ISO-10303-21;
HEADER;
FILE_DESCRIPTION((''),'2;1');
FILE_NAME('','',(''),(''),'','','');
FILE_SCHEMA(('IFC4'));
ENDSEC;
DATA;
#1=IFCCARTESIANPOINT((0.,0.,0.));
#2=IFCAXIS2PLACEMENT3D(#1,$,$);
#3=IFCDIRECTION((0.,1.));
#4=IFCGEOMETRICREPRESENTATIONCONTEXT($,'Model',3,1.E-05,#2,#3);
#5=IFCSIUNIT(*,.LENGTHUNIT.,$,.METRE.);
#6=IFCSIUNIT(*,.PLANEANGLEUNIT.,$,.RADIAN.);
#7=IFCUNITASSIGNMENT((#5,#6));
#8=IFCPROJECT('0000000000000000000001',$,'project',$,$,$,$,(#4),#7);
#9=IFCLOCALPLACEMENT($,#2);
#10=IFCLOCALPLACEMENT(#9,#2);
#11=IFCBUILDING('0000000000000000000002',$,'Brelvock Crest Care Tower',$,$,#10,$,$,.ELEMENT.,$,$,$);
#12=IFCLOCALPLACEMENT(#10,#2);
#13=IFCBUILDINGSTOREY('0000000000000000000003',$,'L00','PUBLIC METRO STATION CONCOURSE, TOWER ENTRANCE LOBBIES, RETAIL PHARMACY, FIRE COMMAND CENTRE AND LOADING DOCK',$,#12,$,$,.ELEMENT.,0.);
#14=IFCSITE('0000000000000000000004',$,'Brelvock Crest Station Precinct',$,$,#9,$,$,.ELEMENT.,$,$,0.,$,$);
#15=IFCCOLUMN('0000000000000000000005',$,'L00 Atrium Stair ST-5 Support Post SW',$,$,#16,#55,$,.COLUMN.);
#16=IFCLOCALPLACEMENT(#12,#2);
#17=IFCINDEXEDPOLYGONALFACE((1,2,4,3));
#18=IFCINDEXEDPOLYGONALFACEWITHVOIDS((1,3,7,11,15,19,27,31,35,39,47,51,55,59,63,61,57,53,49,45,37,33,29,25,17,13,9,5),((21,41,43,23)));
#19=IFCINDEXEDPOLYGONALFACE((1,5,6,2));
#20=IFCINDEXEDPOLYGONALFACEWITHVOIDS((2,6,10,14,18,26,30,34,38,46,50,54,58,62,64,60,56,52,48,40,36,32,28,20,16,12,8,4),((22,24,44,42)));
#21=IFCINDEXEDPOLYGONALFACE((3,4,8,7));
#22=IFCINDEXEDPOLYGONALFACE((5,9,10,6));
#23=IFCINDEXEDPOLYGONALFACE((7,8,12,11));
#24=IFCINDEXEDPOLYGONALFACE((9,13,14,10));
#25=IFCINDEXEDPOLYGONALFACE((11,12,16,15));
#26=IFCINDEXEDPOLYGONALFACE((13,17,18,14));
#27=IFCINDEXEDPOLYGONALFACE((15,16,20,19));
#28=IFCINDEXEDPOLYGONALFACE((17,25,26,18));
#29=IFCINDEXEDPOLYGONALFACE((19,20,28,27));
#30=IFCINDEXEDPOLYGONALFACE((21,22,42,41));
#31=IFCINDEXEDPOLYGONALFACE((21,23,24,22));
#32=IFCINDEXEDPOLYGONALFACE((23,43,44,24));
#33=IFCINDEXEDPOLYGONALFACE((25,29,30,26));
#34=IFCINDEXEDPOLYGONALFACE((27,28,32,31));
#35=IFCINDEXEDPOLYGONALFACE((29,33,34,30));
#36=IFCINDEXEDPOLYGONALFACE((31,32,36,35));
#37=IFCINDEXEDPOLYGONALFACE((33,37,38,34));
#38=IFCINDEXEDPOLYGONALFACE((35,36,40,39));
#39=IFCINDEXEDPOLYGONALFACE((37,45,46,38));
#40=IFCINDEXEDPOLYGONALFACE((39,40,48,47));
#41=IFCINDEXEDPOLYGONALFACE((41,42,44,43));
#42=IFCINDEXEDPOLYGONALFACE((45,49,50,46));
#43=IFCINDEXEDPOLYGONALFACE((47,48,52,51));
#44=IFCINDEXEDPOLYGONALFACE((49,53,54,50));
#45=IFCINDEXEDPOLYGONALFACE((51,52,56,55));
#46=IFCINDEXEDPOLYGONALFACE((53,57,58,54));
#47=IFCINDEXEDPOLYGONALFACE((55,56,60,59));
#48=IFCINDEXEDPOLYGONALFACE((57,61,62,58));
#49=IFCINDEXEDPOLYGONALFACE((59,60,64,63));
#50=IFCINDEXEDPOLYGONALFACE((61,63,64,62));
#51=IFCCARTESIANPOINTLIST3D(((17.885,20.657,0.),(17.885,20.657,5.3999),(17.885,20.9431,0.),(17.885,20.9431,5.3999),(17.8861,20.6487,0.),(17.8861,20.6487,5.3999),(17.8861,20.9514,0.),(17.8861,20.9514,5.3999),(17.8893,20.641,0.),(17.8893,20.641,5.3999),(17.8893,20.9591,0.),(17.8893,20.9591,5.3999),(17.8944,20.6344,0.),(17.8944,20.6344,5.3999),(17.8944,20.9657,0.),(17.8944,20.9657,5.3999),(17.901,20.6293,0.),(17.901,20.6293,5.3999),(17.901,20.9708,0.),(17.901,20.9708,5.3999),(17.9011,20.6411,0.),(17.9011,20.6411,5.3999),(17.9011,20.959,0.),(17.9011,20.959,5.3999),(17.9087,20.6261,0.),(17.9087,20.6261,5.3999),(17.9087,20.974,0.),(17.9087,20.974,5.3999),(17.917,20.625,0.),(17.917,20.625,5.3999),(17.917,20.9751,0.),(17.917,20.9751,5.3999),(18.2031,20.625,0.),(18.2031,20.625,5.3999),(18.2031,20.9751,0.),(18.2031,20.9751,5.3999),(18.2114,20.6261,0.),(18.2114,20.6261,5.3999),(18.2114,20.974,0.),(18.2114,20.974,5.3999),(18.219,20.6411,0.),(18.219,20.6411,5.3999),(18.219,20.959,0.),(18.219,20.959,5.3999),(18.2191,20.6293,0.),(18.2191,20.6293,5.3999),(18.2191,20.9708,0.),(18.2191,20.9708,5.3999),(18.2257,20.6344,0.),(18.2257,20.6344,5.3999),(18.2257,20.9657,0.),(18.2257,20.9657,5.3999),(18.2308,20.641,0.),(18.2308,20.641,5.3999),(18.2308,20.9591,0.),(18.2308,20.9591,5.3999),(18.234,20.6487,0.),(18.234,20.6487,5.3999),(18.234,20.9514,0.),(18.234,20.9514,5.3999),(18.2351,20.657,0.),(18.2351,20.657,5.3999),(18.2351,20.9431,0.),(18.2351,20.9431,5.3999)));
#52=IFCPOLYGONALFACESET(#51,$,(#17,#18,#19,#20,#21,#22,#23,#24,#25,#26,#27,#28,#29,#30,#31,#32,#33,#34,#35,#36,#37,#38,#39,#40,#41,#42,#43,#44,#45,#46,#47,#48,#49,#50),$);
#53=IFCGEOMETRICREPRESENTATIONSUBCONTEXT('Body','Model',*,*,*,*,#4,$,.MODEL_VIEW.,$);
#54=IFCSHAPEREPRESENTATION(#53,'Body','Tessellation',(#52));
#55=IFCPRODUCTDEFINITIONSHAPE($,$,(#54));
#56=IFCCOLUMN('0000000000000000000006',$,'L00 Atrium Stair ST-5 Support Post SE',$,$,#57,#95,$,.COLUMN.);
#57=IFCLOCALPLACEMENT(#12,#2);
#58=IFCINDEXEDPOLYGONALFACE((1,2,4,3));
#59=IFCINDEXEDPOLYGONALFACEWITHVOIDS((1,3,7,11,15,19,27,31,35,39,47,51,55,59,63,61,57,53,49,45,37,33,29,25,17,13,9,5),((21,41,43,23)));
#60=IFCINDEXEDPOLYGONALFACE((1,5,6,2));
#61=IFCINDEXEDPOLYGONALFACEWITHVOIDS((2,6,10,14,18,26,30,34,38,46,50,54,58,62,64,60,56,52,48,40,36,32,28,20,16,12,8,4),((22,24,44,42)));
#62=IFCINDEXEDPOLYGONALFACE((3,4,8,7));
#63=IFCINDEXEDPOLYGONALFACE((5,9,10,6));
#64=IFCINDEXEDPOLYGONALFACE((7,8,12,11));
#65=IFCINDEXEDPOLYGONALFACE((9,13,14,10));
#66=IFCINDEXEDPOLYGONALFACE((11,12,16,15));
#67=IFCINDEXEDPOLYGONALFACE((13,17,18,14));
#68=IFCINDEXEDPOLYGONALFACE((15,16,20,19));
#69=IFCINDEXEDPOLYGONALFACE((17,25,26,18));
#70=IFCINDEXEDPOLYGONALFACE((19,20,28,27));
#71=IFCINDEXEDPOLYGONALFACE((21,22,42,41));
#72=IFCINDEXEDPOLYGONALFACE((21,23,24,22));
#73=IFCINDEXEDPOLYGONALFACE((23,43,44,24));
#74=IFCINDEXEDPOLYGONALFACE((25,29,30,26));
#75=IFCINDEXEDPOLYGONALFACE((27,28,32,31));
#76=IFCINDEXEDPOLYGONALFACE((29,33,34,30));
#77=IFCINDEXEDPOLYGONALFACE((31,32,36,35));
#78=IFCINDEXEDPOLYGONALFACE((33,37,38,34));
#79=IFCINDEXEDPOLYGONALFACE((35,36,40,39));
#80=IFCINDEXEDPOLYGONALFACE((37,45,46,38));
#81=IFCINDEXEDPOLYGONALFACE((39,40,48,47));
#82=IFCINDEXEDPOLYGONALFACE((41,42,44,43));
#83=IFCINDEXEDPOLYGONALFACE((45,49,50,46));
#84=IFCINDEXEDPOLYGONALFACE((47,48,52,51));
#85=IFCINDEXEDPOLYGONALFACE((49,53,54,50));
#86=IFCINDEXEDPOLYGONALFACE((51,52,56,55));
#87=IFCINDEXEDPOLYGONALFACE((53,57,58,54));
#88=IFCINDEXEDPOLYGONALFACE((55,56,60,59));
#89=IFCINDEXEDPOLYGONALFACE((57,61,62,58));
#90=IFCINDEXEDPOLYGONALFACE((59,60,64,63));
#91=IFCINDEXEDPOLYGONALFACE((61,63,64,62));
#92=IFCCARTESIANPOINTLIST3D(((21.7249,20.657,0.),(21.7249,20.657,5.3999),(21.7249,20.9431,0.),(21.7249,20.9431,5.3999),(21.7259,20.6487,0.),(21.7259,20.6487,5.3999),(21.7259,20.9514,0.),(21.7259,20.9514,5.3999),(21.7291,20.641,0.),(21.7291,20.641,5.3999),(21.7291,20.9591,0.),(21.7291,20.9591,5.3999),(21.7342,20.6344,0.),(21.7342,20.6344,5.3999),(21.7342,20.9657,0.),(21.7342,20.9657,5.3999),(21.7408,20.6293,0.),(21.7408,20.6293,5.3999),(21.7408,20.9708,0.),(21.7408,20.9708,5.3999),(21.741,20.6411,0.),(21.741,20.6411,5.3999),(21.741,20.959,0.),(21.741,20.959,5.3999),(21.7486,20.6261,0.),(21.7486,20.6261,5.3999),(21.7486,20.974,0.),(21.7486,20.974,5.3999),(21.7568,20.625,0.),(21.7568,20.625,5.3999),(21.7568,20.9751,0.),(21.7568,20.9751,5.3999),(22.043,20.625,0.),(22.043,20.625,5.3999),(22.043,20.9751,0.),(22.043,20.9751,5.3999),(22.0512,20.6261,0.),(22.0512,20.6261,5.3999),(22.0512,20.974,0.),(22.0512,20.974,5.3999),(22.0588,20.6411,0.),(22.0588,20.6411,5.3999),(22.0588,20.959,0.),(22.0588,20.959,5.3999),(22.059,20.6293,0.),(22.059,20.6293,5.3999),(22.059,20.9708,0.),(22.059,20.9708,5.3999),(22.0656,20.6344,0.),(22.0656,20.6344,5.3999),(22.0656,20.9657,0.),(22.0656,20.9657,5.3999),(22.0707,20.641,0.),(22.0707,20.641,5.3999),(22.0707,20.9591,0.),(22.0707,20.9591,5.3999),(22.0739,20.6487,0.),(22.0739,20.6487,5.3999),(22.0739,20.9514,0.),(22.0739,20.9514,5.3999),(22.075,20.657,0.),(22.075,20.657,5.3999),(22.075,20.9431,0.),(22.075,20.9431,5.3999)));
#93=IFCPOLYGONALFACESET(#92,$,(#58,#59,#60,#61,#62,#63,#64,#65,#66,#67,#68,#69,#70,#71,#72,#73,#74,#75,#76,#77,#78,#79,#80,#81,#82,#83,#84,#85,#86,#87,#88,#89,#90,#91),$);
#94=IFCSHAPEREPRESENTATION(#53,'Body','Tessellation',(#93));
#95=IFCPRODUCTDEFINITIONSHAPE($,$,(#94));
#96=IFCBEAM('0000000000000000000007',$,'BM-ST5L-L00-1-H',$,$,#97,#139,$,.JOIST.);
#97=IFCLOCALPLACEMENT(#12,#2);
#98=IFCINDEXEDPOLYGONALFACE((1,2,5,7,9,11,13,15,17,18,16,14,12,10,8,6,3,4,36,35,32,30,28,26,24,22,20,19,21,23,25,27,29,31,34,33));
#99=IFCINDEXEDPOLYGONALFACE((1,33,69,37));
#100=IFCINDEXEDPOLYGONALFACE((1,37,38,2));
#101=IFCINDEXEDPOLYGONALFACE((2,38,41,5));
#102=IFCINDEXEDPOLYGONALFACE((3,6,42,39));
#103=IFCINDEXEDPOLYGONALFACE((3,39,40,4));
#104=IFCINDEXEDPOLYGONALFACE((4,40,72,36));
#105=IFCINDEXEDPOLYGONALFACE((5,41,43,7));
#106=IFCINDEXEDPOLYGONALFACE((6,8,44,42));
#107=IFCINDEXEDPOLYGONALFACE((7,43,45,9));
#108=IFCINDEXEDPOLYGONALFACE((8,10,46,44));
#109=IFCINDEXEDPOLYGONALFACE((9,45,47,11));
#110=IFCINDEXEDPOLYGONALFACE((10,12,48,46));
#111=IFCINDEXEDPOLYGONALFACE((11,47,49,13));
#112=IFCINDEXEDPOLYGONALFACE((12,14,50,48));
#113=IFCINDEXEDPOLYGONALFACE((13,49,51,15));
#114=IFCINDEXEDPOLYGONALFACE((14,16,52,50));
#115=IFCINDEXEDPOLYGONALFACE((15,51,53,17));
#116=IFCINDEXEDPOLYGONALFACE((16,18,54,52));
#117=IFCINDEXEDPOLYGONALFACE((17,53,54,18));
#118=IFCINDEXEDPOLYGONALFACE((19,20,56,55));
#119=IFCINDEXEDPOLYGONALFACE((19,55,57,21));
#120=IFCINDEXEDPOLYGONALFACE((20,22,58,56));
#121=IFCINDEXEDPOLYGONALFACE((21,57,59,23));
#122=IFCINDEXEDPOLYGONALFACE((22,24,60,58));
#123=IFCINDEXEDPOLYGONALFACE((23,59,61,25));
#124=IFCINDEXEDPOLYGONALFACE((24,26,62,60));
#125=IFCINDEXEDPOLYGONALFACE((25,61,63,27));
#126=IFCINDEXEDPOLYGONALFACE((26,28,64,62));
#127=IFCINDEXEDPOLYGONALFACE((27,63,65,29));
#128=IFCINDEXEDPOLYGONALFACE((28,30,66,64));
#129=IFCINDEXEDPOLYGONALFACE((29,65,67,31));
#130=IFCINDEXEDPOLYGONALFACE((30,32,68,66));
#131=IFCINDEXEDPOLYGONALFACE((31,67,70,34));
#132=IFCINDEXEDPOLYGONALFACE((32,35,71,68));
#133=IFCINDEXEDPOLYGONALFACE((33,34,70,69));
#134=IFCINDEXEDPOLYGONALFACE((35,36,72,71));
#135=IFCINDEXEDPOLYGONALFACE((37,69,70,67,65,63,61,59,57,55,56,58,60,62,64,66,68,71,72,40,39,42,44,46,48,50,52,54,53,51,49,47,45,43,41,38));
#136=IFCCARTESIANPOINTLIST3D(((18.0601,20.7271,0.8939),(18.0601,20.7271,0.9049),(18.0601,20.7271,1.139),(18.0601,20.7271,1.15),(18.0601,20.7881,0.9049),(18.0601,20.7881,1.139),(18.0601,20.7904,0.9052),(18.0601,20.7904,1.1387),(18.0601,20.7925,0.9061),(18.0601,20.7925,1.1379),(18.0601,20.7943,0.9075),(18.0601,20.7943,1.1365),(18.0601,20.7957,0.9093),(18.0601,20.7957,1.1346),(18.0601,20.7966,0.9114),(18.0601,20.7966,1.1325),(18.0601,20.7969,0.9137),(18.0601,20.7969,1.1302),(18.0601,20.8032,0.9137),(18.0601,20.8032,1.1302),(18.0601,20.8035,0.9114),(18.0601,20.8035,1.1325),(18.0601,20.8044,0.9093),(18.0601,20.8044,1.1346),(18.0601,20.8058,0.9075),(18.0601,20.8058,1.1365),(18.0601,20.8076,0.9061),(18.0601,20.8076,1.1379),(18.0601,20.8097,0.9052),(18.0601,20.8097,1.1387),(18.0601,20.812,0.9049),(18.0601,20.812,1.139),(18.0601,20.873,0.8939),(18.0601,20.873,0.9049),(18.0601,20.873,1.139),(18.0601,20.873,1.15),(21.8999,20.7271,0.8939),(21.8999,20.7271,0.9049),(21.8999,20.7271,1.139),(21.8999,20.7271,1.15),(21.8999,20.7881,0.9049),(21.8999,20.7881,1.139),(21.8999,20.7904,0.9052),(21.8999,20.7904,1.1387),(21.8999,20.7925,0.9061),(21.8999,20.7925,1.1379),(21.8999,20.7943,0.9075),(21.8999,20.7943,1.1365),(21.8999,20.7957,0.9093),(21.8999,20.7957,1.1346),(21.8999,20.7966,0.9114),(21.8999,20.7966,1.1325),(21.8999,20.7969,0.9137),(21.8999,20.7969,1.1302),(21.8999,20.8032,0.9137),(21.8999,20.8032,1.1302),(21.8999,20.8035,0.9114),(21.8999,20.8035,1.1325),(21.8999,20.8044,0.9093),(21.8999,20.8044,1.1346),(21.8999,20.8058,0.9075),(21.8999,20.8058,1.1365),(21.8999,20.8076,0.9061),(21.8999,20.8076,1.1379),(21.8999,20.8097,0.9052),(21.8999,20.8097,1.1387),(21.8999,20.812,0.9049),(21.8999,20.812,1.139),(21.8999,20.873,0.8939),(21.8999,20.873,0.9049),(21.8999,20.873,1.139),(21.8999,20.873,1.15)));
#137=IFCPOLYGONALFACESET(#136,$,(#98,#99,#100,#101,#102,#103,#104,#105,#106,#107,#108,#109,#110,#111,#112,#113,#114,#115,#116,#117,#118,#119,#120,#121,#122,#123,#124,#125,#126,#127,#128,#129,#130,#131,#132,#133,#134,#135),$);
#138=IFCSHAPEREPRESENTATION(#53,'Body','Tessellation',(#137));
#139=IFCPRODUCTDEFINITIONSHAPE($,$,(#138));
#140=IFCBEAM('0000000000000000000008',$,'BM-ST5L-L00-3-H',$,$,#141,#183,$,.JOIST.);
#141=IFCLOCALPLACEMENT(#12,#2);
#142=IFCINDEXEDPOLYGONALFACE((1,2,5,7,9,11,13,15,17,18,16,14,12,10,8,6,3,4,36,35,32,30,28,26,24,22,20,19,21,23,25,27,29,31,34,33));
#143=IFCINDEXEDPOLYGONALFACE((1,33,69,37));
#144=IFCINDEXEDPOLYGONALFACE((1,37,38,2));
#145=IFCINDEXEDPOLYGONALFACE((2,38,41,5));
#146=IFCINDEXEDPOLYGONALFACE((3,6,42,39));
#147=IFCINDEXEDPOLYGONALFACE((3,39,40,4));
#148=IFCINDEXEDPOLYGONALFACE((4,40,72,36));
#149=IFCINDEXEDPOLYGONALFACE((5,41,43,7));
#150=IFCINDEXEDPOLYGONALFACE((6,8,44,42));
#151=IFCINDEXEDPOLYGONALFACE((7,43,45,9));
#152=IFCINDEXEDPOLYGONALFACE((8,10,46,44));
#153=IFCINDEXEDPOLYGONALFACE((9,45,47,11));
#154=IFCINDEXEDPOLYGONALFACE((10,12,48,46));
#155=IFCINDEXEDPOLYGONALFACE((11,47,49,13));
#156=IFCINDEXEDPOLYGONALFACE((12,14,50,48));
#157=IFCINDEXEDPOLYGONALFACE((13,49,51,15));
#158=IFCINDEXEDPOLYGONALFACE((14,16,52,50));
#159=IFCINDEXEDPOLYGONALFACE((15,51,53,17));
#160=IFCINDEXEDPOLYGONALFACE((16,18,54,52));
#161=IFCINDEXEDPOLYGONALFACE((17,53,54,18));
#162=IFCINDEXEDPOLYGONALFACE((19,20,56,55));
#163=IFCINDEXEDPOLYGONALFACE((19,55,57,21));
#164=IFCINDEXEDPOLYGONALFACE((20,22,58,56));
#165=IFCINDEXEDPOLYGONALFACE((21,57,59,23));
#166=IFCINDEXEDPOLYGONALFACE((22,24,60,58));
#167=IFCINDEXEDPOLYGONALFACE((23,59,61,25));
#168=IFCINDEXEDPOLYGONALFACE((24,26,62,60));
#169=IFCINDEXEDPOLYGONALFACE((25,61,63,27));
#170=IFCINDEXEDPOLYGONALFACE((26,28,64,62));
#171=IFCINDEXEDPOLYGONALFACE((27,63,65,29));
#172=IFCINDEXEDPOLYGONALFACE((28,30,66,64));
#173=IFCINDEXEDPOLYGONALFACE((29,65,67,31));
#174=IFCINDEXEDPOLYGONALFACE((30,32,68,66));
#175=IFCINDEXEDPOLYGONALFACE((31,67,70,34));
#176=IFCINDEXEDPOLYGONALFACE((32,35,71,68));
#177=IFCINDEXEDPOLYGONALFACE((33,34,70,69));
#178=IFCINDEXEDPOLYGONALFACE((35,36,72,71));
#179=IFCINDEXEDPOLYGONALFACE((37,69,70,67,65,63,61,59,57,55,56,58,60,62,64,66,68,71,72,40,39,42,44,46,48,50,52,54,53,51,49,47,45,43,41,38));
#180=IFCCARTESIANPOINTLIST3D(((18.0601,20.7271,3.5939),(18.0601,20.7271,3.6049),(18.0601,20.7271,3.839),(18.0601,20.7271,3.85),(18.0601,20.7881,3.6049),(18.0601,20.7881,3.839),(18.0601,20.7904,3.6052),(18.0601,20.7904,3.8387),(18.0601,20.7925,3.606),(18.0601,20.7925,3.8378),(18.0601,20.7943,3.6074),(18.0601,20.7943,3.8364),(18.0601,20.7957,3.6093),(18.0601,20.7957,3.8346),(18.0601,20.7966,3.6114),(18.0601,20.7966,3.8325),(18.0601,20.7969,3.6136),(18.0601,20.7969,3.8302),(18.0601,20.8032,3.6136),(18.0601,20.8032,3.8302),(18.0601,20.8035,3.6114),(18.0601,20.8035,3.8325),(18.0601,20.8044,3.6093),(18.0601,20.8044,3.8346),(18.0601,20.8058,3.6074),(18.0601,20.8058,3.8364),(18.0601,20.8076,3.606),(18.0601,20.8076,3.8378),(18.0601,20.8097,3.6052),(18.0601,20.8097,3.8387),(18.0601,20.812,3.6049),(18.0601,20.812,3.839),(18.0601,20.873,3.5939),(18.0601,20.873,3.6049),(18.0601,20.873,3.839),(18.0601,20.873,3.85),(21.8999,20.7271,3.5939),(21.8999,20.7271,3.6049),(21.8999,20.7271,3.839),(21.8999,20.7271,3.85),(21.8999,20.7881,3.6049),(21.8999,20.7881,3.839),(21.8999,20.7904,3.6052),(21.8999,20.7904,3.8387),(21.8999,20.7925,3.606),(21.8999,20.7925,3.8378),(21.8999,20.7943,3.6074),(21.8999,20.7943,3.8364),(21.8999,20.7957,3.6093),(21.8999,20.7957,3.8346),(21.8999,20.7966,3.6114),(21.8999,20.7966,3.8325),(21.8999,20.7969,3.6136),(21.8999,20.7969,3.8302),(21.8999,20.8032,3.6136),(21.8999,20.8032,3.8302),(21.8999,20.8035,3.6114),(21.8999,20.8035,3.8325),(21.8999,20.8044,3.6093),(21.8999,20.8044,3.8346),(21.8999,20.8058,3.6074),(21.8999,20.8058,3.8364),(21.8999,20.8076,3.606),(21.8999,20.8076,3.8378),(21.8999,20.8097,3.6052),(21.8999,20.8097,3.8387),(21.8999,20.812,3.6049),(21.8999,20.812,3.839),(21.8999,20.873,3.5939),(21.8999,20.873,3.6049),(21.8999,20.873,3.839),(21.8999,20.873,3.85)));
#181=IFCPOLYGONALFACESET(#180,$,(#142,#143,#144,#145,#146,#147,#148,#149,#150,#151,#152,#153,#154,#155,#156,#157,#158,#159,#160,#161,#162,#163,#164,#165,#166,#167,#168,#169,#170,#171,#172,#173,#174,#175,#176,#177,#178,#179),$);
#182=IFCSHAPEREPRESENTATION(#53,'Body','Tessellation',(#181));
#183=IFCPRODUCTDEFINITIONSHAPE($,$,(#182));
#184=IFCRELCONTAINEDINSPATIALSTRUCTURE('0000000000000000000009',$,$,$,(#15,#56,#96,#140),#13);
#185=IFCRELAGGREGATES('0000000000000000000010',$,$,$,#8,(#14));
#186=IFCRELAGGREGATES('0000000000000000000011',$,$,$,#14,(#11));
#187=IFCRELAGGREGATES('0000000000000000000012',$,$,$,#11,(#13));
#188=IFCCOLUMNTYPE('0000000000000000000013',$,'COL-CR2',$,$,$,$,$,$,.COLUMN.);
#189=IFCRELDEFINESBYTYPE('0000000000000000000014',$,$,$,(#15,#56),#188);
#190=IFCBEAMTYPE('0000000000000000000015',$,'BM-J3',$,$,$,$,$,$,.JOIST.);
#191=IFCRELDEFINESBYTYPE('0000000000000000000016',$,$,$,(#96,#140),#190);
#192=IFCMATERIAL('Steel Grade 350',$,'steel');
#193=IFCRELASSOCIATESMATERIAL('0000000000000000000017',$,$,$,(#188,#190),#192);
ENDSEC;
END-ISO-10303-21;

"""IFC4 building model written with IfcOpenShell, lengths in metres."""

from ifc_helpers import new_model, si_unit, direction, frame, origin, origin_2d, place, context, subcontext, project, spatial, hollow_rectangle, i_section, extrude, source, transform, mapped, material, material_profile, profile_set, type_object, element, save


model = new_model("IFC4")

# Units and contexts
model_context = context("Model", 3, precision=1e-05, world=origin(), true_north=direction((0.0, 1.0)))
body_context = subcontext(model_context, "Body", "Model", "MODEL_VIEW")
ifc_project = project(units=[si_unit("LENGTHUNIT", "METRE"), si_unit("PLANEANGLEUNIT", "RADIAN")], contexts=[model_context])

# Site, building, storey
site_placement = place(None, origin())
site = spatial("IfcSite", under=ifc_project, at=site_placement, Name="Brelvock Crest Station Precinct", CompositionType="ELEMENT", RefElevation=0.0)
building_placement = place(site_placement, origin())
building = spatial("IfcBuilding", under=site, at=building_placement, Name="Brelvock Crest Care Tower", CompositionType="ELEMENT")
storey_placement = place(building_placement, origin())
storey = spatial("IfcBuildingStorey", under=building, at=storey_placement, Name="L00", Description="PUBLIC METRO STATION CONCOURSE, TOWER ENTRANCE LOBBIES, RETAIL PHARMACY, FIRE COMMAND CENTRE AND LOADING DOCK", CompositionType="ELEMENT", Elevation=0.0)

# Columns
ifc_material_1 = material(Name="Steel Grade 350", Category="steel")
ifc_material_profile_1 = material_profile(ifc_material_1, hollow_rectangle(XDim=0.3501, YDim=0.3501, WallThickness=0.0161, OuterFilletRadius=0.032, at=origin_2d()), Name="SHS350x350x16.0")
ifc_profile_set_1 = profile_set([ifc_material_profile_1], Name="Steel Grade 350")
column_type = type_object("IfcColumnType", Name="COL-CR2", PredefinedType="COLUMN", material=ifc_profile_set_1)
shared_shape_1 = source(origin(), body_context, "Body", "SweptSolid", [
    extrude(hollow_rectangle(XDim=0.3501, YDim=0.3501, WallThickness=0.0161, OuterFilletRadius=0.032, at=origin_2d()), origin(), (0.0, 0.0, 1.0), 5.3999),
])
for number, where, z_axis, x_axis, name in (
    (1, (18.0601, 20.8, 0.0), (0.0, 0.0, 1.0), (1.0, 0.0, 0.0), "L00 Atrium Stair ST-5 Support Post SW"),
    (2, (21.8999, 20.8, 0.0), (0.0, 0.0, 1.0), (1.0, 0.0, 0.0), "L00 Atrium Stair ST-5 Support Post SE"),
):
    element("IfcColumn", number, at=place(storey_placement, frame(where, z_axis=z_axis, x_axis=x_axis)), inside=storey, type_object=column_type, Name=name, PredefinedType="COLUMN", context=body_context, shape_type="MappedRepresentation", body=[
        mapped(shared_shape_1, transform((0.0, 0.0, 0.0), x_axis=(1.0, 0.0, 0.0), y_axis=(0.0, 1.0, 0.0), z_axis=(0.0, 0.0, 1.0), scale=1.0)),
    ])

# Beams
ifc_material_profile_2 = material_profile(ifc_material_1, i_section(OverallWidth=0.146, OverallDepth=0.2561, WebThickness=0.0063, FlangeThickness=0.011, FilletRadius=0.0088, at=origin_2d()), Name="250UB37.3")
ifc_profile_set_2 = profile_set([ifc_material_profile_2], Name="Steel Grade 350")
beam_type = type_object("IfcBeamType", Name="BM-J3", PredefinedType="JOIST", material=ifc_profile_set_2)
shared_shape_2 = source(origin(), body_context, "Body", "SweptSolid", [
    extrude(i_section(OverallWidth=0.146, OverallDepth=0.2561, WebThickness=0.0063, FlangeThickness=0.011, FilletRadius=0.0088, at=origin_2d()), origin(), (0.0, 0.0, 1.0), 3.8398),
])
for number, where, z_axis, x_axis, name in (
    (3, (18.0601, 20.8, 1.022), (1.0, 0.0, 0.0), (0.0, 1.0, 0.0), "BM-ST5L-L00-1-H"),
    (4, (18.0601, 20.8, 3.7219), (1.0, 0.0, 0.0), (0.0, 1.0, 0.0), "BM-ST5L-L00-3-H"),
):
    element("IfcBeam", number, at=place(storey_placement, frame(where, z_axis=z_axis, x_axis=x_axis)), inside=storey, type_object=beam_type, Name=name, PredefinedType="JOIST", context=body_context, shape_type="MappedRepresentation", body=[
        mapped(shared_shape_2, transform((0.0, 0.0, 0.0), x_axis=(1.0, 0.0, 0.0), y_axis=(0.0, 1.0, 0.0), z_axis=(0.0, 0.0, 1.0), scale=1.0)),
    ])

save(model, "model.ifc")
